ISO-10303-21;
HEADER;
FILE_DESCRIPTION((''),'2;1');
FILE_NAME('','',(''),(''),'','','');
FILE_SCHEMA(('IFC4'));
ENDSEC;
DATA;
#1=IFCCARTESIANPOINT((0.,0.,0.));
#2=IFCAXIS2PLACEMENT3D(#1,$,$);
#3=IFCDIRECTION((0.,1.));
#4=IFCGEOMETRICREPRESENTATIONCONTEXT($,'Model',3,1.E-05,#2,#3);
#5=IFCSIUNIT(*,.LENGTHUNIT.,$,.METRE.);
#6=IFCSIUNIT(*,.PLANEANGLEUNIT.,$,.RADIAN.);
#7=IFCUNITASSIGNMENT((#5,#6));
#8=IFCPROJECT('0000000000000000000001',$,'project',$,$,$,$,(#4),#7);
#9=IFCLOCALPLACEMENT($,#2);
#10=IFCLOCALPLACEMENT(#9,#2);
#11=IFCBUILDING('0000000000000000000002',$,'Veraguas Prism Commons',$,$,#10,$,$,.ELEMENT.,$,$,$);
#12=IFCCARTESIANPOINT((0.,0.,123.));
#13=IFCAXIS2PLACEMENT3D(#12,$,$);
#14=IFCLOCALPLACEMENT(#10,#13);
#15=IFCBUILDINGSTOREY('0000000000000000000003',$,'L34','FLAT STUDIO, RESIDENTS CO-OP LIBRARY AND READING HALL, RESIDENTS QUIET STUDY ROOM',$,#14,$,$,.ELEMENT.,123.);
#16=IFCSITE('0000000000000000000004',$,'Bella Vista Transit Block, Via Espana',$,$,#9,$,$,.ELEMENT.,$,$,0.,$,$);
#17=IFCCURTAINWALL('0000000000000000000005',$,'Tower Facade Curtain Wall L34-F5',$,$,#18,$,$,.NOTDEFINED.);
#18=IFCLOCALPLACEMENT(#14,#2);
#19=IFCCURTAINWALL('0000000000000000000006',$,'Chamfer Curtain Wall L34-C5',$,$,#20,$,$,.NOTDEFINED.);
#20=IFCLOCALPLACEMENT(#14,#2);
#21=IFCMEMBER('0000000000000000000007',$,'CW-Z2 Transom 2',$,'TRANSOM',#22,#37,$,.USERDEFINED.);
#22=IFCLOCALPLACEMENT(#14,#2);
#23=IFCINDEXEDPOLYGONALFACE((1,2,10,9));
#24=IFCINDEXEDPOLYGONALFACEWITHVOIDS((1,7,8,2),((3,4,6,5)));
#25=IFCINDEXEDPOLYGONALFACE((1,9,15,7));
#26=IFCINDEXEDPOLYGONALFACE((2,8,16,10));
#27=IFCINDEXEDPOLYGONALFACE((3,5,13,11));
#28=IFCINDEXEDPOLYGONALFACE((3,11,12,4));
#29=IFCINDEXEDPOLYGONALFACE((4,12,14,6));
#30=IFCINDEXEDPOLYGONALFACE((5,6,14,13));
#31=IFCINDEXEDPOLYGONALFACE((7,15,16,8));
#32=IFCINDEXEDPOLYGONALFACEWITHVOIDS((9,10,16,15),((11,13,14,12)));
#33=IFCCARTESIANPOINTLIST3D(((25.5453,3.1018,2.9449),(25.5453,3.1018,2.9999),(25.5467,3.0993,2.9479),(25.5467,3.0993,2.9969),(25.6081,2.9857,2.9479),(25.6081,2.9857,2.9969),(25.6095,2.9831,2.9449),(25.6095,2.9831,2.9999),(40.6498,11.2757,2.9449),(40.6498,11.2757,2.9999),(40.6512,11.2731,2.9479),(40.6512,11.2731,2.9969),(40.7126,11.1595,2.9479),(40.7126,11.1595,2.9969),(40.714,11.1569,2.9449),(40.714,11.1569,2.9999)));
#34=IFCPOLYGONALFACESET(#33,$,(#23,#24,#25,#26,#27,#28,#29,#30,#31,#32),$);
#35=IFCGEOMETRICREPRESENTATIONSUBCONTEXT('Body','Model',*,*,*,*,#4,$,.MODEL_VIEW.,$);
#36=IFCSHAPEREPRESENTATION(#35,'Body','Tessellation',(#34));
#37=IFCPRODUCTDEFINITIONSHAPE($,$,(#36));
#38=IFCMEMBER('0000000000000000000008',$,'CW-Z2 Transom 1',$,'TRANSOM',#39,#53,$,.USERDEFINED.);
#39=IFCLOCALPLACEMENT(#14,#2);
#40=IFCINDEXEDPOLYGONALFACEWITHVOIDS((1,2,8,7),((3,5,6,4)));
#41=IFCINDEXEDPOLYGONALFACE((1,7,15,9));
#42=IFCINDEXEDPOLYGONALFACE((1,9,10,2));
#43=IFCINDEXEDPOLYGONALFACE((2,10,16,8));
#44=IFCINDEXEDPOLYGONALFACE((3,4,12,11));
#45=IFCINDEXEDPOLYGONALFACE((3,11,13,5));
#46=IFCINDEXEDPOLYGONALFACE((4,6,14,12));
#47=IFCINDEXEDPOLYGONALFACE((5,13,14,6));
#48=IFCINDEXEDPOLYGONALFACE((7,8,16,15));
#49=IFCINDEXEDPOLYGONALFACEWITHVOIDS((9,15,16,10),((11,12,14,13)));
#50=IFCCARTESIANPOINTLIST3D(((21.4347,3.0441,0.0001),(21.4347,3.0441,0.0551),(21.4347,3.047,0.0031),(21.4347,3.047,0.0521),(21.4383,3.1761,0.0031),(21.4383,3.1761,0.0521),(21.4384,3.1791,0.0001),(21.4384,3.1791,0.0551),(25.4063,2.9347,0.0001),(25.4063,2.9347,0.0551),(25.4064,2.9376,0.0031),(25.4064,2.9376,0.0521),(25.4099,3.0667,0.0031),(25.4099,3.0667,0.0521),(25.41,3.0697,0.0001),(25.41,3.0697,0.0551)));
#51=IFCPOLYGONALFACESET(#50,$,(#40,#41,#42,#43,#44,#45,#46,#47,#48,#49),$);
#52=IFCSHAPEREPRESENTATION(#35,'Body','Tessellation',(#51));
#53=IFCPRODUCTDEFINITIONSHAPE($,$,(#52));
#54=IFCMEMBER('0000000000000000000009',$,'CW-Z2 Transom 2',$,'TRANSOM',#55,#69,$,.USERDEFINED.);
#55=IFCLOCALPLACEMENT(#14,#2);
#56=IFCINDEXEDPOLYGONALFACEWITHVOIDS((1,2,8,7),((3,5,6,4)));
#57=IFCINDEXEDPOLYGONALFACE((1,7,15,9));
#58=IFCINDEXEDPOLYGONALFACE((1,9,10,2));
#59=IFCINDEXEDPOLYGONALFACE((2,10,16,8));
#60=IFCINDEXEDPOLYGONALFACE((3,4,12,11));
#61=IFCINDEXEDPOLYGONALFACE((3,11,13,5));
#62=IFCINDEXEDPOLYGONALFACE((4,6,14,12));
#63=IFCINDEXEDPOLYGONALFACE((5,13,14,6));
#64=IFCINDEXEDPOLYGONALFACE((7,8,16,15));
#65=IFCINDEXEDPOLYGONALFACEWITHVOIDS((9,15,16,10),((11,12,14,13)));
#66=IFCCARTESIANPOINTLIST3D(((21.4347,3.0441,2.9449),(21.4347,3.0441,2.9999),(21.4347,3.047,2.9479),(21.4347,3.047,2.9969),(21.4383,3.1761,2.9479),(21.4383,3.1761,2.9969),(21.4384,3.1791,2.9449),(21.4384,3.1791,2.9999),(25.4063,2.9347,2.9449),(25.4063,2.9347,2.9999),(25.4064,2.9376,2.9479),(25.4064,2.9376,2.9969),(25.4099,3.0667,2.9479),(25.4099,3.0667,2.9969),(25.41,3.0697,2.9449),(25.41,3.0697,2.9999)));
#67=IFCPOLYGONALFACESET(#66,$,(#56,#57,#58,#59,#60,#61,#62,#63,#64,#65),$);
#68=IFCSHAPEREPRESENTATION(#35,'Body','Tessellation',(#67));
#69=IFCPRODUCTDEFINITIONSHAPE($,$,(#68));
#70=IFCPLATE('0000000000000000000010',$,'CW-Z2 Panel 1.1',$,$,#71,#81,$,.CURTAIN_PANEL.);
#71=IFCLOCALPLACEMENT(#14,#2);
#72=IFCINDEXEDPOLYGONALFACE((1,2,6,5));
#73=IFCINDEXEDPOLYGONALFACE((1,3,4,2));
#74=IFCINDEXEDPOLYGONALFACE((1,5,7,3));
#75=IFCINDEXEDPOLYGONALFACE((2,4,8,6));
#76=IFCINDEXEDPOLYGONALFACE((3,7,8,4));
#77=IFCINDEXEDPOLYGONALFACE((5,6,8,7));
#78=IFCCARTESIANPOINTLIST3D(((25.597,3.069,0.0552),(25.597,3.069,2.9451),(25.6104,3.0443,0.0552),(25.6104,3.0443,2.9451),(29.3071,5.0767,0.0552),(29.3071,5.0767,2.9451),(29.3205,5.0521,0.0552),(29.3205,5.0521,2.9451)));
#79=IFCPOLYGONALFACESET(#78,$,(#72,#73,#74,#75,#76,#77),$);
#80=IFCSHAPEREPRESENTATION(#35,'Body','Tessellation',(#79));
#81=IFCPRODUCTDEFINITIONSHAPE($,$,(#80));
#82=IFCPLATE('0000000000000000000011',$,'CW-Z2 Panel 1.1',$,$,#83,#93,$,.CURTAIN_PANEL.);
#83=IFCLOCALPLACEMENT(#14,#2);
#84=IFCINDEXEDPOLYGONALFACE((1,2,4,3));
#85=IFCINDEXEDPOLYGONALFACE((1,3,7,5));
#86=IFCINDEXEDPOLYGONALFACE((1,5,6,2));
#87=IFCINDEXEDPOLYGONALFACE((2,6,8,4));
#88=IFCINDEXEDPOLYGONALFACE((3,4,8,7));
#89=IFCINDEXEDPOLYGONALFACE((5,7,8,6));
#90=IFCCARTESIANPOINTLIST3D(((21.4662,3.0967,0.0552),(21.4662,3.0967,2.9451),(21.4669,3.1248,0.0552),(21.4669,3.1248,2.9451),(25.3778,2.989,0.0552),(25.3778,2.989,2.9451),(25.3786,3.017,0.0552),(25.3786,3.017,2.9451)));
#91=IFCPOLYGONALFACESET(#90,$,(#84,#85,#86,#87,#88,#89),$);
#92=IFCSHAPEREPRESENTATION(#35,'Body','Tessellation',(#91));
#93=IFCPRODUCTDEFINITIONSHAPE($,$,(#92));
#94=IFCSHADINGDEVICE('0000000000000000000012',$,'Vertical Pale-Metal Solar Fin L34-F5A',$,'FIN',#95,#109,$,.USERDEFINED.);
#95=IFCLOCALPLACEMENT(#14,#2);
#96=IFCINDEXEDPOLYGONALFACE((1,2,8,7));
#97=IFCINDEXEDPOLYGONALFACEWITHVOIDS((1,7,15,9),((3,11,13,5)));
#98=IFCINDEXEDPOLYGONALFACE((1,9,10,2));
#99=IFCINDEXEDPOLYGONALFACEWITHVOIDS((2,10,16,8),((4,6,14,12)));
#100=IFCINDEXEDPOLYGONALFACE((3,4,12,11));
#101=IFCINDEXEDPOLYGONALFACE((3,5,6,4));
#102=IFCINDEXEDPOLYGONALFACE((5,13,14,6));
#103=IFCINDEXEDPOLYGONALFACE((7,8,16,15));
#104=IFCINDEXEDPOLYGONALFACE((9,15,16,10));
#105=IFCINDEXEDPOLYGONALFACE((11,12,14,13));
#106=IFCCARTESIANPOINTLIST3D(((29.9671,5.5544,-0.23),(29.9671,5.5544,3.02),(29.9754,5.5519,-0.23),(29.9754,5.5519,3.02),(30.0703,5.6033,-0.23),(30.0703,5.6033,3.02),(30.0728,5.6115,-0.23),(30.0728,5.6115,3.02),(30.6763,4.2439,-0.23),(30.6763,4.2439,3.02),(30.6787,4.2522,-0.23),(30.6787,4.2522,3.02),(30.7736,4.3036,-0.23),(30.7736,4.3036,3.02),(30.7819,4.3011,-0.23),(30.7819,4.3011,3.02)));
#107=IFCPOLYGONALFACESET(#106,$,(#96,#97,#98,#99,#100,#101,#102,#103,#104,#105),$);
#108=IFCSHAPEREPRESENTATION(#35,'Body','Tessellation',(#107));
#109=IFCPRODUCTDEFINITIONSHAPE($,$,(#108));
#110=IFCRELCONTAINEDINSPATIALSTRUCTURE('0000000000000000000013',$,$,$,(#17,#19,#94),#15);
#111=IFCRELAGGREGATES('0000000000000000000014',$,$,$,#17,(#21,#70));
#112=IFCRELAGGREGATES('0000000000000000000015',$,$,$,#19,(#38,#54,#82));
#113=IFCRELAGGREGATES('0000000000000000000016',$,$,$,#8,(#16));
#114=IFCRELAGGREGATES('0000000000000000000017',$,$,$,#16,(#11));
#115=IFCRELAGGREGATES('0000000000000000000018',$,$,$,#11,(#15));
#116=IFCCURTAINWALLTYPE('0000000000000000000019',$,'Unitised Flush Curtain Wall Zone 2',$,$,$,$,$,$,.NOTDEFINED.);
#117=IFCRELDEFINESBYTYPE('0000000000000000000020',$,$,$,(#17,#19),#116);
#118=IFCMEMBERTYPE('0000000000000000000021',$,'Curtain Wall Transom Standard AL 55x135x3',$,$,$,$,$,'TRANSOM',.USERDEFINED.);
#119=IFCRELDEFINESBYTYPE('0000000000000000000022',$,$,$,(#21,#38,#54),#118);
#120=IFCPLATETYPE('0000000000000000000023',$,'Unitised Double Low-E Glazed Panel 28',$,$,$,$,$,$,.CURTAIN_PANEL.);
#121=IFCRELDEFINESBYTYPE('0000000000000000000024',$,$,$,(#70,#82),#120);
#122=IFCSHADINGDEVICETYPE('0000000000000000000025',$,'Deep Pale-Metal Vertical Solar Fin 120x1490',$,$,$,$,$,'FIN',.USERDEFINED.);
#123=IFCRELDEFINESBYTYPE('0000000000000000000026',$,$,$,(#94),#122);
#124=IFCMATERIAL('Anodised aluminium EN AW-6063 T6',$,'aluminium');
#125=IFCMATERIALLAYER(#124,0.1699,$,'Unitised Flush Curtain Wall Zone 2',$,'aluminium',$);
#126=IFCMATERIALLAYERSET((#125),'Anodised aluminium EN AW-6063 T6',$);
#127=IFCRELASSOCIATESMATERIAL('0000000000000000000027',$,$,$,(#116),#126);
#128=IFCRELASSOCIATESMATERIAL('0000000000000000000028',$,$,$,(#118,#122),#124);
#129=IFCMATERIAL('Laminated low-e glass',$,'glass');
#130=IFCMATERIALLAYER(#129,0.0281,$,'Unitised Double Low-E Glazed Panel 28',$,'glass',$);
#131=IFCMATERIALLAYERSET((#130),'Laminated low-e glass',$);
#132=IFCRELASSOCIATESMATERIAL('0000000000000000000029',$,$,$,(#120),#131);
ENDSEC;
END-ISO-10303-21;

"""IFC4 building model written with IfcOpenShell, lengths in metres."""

from ifc_helpers import new_model, si_unit, direction, frame, origin, origin_2d, place, context, subcontext, project, spatial, rectangle, hollow_rectangle, extrude, source, transform, mapped, material, layer, layer_set, material_profile, profile_set, type_object, element, aggregate, save


model = new_model("IFC4")

# Units and contexts
model_context = context("Model", 3, precision=1e-05, world=origin(), true_north=direction((0.0, 1.0)))
body_context = subcontext(model_context, "Body", "Model", "MODEL_VIEW")
ifc_project = project(units=[si_unit("LENGTHUNIT", "METRE"), si_unit("PLANEANGLEUNIT", "RADIAN")], contexts=[model_context])

# Site, building, storey
site_placement = place(None, origin())
site = spatial("IfcSite", under=ifc_project, at=site_placement, Name="Bella Vista Transit Block, Via Espana", CompositionType="ELEMENT", RefElevation=0.0)
building_placement = place(site_placement, origin())
building = spatial("IfcBuilding", under=site, at=building_placement, Name="Veraguas Prism Commons", CompositionType="ELEMENT")
storey_placement = place(building_placement, frame((0.0, 0.0, 123.0)))
storey = spatial("IfcBuildingStorey", under=building, at=storey_placement, Name="L34", Description="FLAT STUDIO, RESIDENTS CO-OP LIBRARY AND READING HALL, RESIDENTS QUIET STUDY ROOM", CompositionType="ELEMENT", Elevation=123.0)

# Shared definitions
ifc_material_1 = material(Name="Anodised aluminium EN AW-6063 T6", Category="aluminium")
ifc_layer_1 = layer(ifc_material_1, 0.1699, Name="Unitised Flush Curtain Wall Zone 2", Category="aluminium")
ifc_layer_set_1 = layer_set([ifc_layer_1], Name="Anodised aluminium EN AW-6063 T6")
curtain_wall_type = type_object("IfcCurtainWallType", Name="Unitised Flush Curtain Wall Zone 2", PredefinedType="NOTDEFINED", material=ifc_layer_set_1)

# Curtain walls
curtain_wall_1_placement = place(storey_placement, origin())
curtain_wall_1 = element("IfcCurtainWall", 1, at=curtain_wall_1_placement, inside=storey, type_object=curtain_wall_type, Name="Tower Facade Curtain Wall L34-F5", PredefinedType="NOTDEFINED")
curtain_wall_2_placement = place(storey_placement, origin())
curtain_wall_2 = element("IfcCurtainWall", 2, at=curtain_wall_2_placement, inside=storey, type_object=curtain_wall_type, Name="Chamfer Curtain Wall L34-C5", PredefinedType="NOTDEFINED")

# Members
ifc_material_profile_1 = material_profile(ifc_material_1, hollow_rectangle(XDim=0.0549, YDim=0.135, WallThickness=0.0029, at=origin_2d()), Name="AL55X135X3")
ifc_profile_set_1 = profile_set([ifc_material_profile_1], Name="Anodised aluminium EN AW-6063 T6")
member_type_1 = type_object("IfcMemberType", Name="Curtain Wall Transom Standard AL 55x135x3", ElementType="TRANSOM", PredefinedType="USERDEFINED", material=ifc_profile_set_1)
shared_shape_1 = source(origin(), body_context, "Body", "SweptSolid", [
    extrude(hollow_rectangle(XDim=0.0549, YDim=0.135, WallThickness=0.0029, at=origin_2d()), origin(), (0.0, 0.0, 1.0), 17.1743),
])
member_1_placement = place(storey_placement, frame((25.5774, 3.0425, 2.9724), z_axis=(0.879481, 0.475933, 0.0), x_axis=(0.0, 0.0, 1.0)))
member_1 = element("IfcMember", 3, at=member_1_placement, type_object=member_type_1, Name="CW-Z2 Transom 2", ObjectType="TRANSOM", PredefinedType="USERDEFINED", context=body_context, shape_type="MappedRepresentation", body=[
    mapped(shared_shape_1, transform((0.0, 0.0, 0.0), scale=1.0)),
])
shared_shape_2 = source(origin(), body_context, "Body", "SweptSolid", [
    extrude(hollow_rectangle(XDim=0.0549, YDim=0.135, WallThickness=0.0029, at=origin_2d()), origin(), (0.0, 0.0, 1.0), 3.9731),
])
member_2_placement = place(storey_placement, frame((21.4365, 3.1116, 0.0276), z_axis=(0.999621, -0.027528, 0.0), x_axis=(0.0, 0.0, 1.0)))
member_2 = element("IfcMember", 4, at=member_2_placement, type_object=member_type_1, Name="CW-Z2 Transom 1", ObjectType="TRANSOM", PredefinedType="USERDEFINED", context=body_context, shape_type="MappedRepresentation", body=[
    mapped(shared_shape_2, transform((0.0, 0.0, 0.0), scale=1.0)),
])
member_3_placement = place(storey_placement, frame((21.4365, 3.1116, 2.9724), z_axis=(0.999621, -0.027528, 0.0), x_axis=(0.0, 0.0, 1.0)))
member_3 = element("IfcMember", 5, at=member_3_placement, type_object=member_type_1, Name="CW-Z2 Transom 2", ObjectType="TRANSOM", PredefinedType="USERDEFINED", context=body_context, shape_type="MappedRepresentation", body=[
    mapped(shared_shape_2, transform((0.0, 0.0, 0.0), scale=1.0)),
])

# Plates
ifc_material_2 = material(Name="Laminated low-e glass", Category="glass")
ifc_layer_2 = layer(ifc_material_2, 0.0281, Name="Unitised Double Low-E Glazed Panel 28", Category="glass")
ifc_layer_set_2 = layer_set([ifc_layer_2], Name="Laminated low-e glass")
plate_type = type_object("IfcPlateType", Name="Unitised Double Low-E Glazed Panel 28", PredefinedType="CURTAIN_PANEL", material=ifc_layer_set_2)
shared_shape_3 = source(origin(), body_context, "Body", "SweptSolid", [
    extrude(rectangle(XDim=4.2185, YDim=0.0281, at=origin_2d()), origin(), (0.0, 0.0, 1.0), 2.8899),
])
plate_1_placement = place(storey_placement, frame((27.4587, 4.0605, 0.0552), z_axis=(0.0, 0.0, 1.0), x_axis=(0.879484, 0.475928, 0.0)))
plate_1 = element("IfcPlate", 6, at=plate_1_placement, type_object=plate_type, Name="CW-Z2 Panel 1.1", PredefinedType="CURTAIN_PANEL", context=body_context, shape_type="MappedRepresentation", body=[
    mapped(shared_shape_3, transform((0.0, 0.0, 0.0), scale=1.0)),
])
aggregate(curtain_wall_1, [member_1, plate_1])
shared_shape_4 = source(origin(), body_context, "Body", "SweptSolid", [
    extrude(rectangle(XDim=3.9131, YDim=0.0281, at=origin_2d()), origin(), (0.0, 0.0, 1.0), 2.8899),
])
plate_2_placement = place(storey_placement, frame((23.4224, 3.0569, 0.0552), z_axis=(0.0, 0.0, 1.0), x_axis=(0.999621, -0.027547, 0.0)))
plate_2 = element("IfcPlate", 7, at=plate_2_placement, type_object=plate_type, Name="CW-Z2 Panel 1.1", PredefinedType="CURTAIN_PANEL", context=body_context, shape_type="MappedRepresentation", body=[
    mapped(shared_shape_4, transform((0.0, 0.0, 0.0), scale=1.0)),
])
aggregate(curtain_wall_2, [member_2, member_3, plate_2])

# Shading device
ifc_material_profile_2 = material_profile(ifc_material_1, hollow_rectangle(XDim=0.1201, YDim=1.49, WallThickness=0.0061, at=origin_2d()), Name="FIN120X1490X6")
ifc_profile_set_2 = profile_set([ifc_material_profile_2], Name="Anodised aluminium EN AW-6063 T6")
shading_device_type = type_object("IfcShadingDeviceType", Name="Deep Pale-Metal Vertical Solar Fin 120x1490", ElementType="FIN", PredefinedType="USERDEFINED", material=ifc_profile_set_2)
shading_device_placement = place(storey_placement, frame((30.3745, 4.9277, -0.23), z_axis=(0.0, 0.0, 1.0), x_axis=(0.879482, 0.475931, 0.0)))
element("IfcShadingDevice", 8, at=shading_device_placement, inside=storey, type_object=shading_device_type, Name="Vertical Pale-Metal Solar Fin L34-F5A", ObjectType="FIN", PredefinedType="USERDEFINED", context=body_context, shape_type="SweptSolid", body=[
    extrude(hollow_rectangle(XDim=0.1201, YDim=1.49, WallThickness=0.0061, at=origin_2d()), origin(), (0.0, 0.0, 1.0), 3.25),
])

save(model, "model.ifc")
